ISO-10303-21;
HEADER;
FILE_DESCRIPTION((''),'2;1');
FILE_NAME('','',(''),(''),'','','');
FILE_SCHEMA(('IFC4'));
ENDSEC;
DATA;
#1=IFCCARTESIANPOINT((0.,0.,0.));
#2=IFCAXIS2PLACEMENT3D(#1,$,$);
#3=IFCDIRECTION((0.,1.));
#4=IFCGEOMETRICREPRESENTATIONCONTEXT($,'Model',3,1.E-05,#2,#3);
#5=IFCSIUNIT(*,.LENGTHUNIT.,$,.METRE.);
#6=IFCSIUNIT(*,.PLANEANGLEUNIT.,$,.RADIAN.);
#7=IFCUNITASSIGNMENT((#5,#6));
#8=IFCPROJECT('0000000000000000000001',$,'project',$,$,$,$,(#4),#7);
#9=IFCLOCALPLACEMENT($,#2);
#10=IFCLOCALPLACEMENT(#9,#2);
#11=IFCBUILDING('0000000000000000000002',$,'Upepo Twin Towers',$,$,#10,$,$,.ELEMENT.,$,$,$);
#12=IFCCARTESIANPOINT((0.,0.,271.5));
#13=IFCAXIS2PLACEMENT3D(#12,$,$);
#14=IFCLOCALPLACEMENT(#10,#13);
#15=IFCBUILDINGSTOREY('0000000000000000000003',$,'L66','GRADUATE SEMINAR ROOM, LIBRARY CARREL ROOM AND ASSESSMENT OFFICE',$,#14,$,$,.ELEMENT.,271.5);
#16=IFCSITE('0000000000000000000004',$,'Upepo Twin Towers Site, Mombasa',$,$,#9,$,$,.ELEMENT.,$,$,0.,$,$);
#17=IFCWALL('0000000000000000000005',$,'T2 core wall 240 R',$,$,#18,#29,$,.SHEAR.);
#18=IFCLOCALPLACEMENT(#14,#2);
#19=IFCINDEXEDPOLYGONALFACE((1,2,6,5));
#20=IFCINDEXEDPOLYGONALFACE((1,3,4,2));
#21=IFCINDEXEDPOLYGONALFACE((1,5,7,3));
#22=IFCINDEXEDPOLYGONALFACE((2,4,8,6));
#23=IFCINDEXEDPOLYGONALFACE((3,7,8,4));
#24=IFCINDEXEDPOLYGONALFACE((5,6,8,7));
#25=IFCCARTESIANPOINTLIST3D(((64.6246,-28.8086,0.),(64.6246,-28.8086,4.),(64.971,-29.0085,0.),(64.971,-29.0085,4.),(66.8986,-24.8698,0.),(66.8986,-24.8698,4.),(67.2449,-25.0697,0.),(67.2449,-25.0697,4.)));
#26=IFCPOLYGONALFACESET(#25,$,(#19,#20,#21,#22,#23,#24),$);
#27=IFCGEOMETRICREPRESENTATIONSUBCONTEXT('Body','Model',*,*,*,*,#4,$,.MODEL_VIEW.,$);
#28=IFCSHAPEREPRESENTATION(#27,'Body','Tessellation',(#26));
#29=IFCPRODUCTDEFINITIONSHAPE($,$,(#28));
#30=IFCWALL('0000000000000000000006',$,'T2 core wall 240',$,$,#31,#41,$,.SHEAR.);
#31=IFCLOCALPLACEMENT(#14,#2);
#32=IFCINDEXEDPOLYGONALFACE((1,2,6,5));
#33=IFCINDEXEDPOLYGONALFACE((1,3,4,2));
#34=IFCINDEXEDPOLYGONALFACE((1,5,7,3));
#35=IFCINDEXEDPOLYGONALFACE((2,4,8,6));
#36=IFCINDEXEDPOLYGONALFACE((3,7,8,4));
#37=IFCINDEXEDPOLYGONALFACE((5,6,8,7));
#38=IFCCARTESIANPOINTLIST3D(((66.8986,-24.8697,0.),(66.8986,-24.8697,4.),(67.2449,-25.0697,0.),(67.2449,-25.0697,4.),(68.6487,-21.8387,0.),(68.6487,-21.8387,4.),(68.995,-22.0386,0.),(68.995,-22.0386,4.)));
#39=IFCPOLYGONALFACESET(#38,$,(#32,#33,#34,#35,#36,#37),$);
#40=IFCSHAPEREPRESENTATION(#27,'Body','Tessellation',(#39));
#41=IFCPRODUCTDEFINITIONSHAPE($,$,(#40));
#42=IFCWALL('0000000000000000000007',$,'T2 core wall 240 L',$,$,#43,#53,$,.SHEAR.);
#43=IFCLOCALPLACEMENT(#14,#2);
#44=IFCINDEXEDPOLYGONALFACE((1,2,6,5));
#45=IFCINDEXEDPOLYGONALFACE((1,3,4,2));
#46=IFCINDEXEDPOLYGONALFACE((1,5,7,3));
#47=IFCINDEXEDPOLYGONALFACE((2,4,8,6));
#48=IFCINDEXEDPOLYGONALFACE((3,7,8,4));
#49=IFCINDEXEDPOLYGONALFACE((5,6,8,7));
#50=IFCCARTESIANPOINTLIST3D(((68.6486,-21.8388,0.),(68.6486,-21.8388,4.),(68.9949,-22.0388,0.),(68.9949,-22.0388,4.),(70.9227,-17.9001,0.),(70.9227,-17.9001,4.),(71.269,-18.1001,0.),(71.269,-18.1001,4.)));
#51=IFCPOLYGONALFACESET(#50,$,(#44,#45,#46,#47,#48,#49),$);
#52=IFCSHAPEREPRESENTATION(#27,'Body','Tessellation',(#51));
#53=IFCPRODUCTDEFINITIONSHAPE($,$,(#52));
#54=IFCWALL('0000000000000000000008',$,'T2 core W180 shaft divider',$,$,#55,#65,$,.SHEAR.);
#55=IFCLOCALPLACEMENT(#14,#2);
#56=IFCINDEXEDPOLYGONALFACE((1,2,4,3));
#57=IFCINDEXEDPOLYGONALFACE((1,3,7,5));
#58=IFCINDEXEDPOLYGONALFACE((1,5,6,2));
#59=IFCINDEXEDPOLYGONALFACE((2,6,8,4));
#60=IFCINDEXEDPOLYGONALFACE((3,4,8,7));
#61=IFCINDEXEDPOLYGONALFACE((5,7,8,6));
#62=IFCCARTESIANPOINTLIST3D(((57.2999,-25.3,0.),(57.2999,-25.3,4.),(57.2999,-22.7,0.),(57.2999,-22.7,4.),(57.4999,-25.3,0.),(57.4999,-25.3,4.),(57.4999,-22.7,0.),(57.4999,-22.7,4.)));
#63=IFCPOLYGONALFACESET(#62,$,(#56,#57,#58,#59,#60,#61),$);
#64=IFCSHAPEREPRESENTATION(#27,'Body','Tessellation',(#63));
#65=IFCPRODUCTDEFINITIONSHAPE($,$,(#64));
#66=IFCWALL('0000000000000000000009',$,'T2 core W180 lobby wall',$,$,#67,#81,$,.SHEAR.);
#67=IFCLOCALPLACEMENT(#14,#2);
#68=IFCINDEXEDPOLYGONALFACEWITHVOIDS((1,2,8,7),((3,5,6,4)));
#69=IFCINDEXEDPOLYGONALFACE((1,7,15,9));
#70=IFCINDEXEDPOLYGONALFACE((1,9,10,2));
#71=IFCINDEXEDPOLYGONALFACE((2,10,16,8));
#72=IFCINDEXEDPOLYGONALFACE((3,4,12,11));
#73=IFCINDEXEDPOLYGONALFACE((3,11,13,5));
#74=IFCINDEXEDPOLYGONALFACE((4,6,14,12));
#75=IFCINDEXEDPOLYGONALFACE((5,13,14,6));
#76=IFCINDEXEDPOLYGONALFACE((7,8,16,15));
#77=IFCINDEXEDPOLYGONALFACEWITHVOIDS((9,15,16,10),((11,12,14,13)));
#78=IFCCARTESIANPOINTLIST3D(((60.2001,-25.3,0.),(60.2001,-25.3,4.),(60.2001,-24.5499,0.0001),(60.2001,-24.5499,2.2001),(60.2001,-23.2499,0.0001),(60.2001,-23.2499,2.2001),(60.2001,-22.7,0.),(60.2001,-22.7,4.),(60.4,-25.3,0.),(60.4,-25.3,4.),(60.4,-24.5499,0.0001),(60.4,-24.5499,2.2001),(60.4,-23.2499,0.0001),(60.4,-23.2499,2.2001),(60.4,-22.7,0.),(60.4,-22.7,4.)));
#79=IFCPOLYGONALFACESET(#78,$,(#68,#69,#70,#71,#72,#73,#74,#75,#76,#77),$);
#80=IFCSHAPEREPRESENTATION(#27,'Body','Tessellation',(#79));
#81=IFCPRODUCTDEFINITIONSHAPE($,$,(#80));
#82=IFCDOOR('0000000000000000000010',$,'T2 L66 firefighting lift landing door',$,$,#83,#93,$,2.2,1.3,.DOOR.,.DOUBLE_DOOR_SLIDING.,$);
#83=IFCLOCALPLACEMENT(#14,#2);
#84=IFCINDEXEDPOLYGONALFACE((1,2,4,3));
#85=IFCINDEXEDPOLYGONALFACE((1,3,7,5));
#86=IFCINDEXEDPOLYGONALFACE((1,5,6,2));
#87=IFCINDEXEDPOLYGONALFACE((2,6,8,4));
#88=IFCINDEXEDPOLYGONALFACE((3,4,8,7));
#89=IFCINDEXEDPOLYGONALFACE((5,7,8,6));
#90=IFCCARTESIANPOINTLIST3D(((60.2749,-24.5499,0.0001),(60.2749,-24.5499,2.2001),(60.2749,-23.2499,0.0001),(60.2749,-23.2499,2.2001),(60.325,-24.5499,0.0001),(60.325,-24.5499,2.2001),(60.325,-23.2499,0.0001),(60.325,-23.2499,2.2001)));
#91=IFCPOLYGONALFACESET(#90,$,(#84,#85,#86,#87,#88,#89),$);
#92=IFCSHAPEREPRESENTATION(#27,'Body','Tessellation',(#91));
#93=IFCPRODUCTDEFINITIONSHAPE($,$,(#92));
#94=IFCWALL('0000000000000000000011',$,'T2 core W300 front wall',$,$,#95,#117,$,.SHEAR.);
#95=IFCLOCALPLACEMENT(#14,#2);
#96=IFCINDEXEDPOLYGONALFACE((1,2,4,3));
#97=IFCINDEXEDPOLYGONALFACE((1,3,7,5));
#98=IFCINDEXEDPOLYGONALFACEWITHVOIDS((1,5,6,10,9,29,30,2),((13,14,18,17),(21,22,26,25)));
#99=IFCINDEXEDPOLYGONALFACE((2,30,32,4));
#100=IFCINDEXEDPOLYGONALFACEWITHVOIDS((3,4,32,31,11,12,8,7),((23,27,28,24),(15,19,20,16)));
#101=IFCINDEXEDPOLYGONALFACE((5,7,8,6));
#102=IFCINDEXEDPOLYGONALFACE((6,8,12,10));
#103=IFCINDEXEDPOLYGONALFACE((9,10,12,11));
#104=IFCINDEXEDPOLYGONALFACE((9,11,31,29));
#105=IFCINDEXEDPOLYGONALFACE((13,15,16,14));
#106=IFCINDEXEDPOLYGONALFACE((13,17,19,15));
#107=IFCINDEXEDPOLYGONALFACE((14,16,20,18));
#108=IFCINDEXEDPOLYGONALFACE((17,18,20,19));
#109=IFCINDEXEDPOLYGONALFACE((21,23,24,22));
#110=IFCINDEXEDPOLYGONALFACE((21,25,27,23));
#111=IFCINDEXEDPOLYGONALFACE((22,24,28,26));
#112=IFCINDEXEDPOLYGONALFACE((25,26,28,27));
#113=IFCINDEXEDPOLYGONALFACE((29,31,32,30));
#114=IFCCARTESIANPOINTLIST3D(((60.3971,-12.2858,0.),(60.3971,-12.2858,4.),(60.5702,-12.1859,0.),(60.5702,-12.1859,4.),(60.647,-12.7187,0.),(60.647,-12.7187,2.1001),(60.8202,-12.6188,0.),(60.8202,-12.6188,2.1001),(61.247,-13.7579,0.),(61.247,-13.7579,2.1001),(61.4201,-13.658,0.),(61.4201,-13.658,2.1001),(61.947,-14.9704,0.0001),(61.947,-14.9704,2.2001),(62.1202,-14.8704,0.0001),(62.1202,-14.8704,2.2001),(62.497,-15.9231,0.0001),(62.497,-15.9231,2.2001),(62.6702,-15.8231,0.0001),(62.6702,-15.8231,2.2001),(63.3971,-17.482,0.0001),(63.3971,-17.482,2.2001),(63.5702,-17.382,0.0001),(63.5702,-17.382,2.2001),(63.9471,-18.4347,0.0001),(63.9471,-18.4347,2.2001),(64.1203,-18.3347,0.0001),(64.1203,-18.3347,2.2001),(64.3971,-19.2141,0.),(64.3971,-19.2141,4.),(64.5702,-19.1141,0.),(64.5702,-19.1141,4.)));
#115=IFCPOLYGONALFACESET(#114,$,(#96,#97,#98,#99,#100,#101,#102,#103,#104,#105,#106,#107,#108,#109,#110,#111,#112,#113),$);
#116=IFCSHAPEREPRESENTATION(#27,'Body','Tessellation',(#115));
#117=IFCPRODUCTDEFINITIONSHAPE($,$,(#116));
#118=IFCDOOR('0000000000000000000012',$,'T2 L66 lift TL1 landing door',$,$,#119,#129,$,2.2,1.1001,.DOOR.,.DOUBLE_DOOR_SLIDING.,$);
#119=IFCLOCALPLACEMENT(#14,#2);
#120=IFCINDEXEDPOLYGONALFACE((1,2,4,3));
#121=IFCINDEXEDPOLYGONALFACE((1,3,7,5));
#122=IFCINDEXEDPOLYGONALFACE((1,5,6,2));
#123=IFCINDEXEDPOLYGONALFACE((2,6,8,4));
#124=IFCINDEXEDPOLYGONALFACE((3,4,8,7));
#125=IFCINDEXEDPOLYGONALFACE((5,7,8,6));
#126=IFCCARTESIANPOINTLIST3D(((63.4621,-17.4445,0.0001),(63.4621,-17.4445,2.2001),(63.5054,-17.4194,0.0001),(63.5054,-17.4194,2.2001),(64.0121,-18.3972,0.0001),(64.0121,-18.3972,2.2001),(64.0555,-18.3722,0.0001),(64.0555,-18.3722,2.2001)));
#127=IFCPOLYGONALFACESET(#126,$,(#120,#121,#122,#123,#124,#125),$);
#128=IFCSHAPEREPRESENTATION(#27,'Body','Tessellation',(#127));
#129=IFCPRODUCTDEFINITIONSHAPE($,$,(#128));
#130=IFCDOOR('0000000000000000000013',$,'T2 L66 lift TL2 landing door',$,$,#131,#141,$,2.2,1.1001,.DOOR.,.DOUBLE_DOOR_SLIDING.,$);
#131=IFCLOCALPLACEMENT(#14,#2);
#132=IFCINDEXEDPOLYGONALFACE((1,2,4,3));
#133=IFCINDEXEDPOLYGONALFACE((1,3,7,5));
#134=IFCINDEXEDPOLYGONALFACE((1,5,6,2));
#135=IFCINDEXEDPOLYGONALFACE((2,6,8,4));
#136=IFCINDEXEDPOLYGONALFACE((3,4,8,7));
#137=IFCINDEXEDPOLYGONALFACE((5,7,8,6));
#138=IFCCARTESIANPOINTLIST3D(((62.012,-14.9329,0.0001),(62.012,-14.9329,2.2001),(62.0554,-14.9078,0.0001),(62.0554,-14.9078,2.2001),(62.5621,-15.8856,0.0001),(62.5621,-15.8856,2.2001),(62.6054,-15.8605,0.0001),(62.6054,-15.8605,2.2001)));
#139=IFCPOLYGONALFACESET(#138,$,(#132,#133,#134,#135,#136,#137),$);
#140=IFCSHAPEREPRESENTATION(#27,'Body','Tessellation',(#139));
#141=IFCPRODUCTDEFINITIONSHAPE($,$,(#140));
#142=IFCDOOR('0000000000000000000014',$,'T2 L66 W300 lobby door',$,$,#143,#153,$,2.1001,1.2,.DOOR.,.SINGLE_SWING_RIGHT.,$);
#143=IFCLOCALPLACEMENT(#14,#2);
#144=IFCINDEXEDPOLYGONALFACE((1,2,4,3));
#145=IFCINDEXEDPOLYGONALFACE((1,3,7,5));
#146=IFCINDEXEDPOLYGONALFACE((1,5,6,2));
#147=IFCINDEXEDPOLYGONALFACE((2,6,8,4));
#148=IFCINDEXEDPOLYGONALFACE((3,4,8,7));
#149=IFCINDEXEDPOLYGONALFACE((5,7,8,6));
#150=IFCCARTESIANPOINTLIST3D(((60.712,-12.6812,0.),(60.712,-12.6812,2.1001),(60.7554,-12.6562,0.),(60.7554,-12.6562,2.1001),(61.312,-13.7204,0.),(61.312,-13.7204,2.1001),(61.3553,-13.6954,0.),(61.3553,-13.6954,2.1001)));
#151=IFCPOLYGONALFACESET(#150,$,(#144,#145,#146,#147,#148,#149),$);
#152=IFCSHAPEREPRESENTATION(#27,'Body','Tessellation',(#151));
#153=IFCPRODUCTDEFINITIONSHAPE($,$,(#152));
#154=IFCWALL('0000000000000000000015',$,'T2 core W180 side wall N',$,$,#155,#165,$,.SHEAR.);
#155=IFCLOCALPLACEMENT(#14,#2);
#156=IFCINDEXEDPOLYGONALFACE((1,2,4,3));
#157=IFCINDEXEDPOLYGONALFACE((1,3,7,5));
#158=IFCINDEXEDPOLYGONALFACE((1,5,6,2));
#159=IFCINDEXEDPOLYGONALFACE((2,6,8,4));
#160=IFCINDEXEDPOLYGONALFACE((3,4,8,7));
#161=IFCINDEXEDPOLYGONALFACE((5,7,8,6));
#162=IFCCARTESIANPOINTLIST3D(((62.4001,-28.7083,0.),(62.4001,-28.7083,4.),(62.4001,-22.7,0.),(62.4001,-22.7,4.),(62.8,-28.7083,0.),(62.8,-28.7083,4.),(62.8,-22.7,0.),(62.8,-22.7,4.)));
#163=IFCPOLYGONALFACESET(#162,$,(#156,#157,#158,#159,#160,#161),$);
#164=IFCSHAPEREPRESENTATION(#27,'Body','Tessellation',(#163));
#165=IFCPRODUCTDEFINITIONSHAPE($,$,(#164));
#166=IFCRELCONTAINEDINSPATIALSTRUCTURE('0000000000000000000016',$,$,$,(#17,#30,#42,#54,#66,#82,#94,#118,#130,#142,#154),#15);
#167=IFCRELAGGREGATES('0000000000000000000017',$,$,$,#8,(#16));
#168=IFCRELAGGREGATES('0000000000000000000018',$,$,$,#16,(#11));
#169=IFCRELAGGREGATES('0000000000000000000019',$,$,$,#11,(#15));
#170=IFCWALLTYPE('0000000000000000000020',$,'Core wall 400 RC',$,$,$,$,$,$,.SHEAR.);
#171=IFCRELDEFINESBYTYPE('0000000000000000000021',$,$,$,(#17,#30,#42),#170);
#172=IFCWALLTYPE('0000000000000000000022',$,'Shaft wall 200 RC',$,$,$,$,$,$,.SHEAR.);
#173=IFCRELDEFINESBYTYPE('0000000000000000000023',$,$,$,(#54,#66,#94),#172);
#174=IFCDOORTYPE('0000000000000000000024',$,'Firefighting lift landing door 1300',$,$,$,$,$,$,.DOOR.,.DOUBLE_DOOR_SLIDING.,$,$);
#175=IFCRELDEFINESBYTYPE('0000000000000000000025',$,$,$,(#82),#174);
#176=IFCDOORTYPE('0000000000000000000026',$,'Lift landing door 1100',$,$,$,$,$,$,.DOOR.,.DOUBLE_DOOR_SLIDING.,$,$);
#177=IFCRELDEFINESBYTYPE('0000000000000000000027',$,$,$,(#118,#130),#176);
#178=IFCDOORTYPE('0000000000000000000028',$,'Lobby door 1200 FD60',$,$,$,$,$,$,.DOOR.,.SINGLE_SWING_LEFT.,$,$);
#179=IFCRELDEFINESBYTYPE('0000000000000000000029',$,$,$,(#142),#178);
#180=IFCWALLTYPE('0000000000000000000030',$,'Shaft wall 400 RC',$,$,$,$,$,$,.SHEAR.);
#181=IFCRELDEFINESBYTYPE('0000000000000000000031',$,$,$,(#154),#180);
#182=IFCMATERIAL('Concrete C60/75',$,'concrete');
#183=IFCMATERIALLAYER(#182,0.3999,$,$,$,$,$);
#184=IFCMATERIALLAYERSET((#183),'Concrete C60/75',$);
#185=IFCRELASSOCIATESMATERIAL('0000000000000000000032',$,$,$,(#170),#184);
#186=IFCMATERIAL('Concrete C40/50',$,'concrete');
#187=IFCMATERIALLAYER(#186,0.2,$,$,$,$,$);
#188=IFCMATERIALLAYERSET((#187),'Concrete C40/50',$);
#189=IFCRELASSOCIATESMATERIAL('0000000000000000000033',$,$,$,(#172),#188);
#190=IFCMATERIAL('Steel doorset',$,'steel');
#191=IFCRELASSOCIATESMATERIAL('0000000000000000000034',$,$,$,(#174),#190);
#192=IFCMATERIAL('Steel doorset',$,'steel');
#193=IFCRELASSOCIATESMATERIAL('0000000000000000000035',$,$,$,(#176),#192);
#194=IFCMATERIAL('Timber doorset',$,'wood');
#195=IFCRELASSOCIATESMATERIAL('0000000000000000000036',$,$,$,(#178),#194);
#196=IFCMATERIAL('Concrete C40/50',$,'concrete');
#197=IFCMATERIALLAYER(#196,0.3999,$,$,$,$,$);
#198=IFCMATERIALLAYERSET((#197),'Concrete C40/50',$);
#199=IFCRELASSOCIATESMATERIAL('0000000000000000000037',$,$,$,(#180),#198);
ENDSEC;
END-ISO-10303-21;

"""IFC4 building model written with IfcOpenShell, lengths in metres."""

from ifc_helpers import new_model, si_unit, direction, frame, frame_2d, origin, place, context, subcontext, project, spatial, rectangle, extrude, material, layer, layer_set, type_object, element, fill, save


model = new_model("IFC4")

# Units and contexts
model_context = context("Model", 3, precision=1e-05, world=origin(), true_north=direction((0.0, 1.0)))
body_context = subcontext(model_context, "Body", "Model", "MODEL_VIEW")
ifc_project = project(units=[si_unit("LENGTHUNIT", "METRE"), si_unit("PLANEANGLEUNIT", "RADIAN")], contexts=[model_context])

# Site, building, storey
site_placement = place(None, origin())
site = spatial("IfcSite", under=ifc_project, at=site_placement, Name="Upepo Twin Towers Site, Mombasa", CompositionType="ELEMENT", RefElevation=0.0)
building_placement = place(site_placement, origin())
building = spatial("IfcBuilding", under=site, at=building_placement, Name="Upepo Twin Towers", CompositionType="ELEMENT")
storey_placement = place(building_placement, frame((0.0, 0.0, 271.5)))
storey = spatial("IfcBuildingStorey", under=building, at=storey_placement, Name="L66", Description="GRADUATE SEMINAR ROOM, LIBRARY CARREL ROOM AND ASSESSMENT OFFICE", CompositionType="ELEMENT", Elevation=271.5)

# Walls
ifc_material_1 = material(Name="Concrete C60/75", Category="concrete")
ifc_layer_1 = layer(ifc_material_1, 0.3999)
ifc_layer_set_1 = layer_set([ifc_layer_1], Name="Concrete C60/75")
wall_type_1 = type_object("IfcWallType", Name="Core wall 400 RC", PredefinedType="SHEAR", material=ifc_layer_set_1)
wall_1_placement = place(storey_placement, frame((64.7979, -28.9084, 0.0), z_axis=(0.0, 0.0, 1.0), x_axis=(0.499984, 0.866035, 0.0)))
element("IfcWall", 1, at=wall_1_placement, inside=storey, type_object=wall_type_1, Name="T2 core wall 240 R", PredefinedType="SHEAR", context=body_context, shape_type="SweptSolid", body=[
    extrude(rectangle(XDim=4.5481, YDim=0.3999, at=frame_2d((2.2739, 0.0))), origin(), (0.0, 0.0, 1.0), 4.0),
])
wall_2_placement = place(storey_placement, frame((67.0718, -24.9697, 0.0), z_axis=(0.0, 0.0, 1.0), x_axis=(0.50001, 0.866019, 0.0)))
element("IfcWall", 2, at=wall_2_placement, inside=storey, type_object=wall_type_1, Name="T2 core wall 240", PredefinedType="SHEAR", context=body_context, shape_type="SweptSolid", body=[
    extrude(rectangle(XDim=3.5, YDim=0.3999, at=frame_2d((1.75, 0.0))), origin(), (0.0, 0.0, 1.0), 4.0),
])
wall_3_placement = place(storey_placement, frame((68.8218, -21.9387, 0.0), z_axis=(0.0, 0.0, 1.0), x_axis=(0.500024, 0.866011, 0.0)))
element("IfcWall", 3, at=wall_3_placement, inside=storey, type_object=wall_type_1, Name="T2 core wall 240 L", PredefinedType="SHEAR", context=body_context, shape_type="SweptSolid", body=[
    extrude(rectangle(XDim=4.5481, YDim=0.3999, at=frame_2d((2.2739, 0.0))), origin(), (0.0, 0.0, 1.0), 4.0),
])
ifc_material_2 = material(Name="Concrete C40/50", Category="concrete")
ifc_layer_2 = layer(ifc_material_2, 0.2)
ifc_layer_set_2 = layer_set([ifc_layer_2], Name="Concrete C40/50")
wall_type_2 = type_object("IfcWallType", Name="Shaft wall 200 RC", PredefinedType="SHEAR", material=ifc_layer_set_2)
wall_4_placement = place(storey_placement, frame((57.3999, -22.7, 0.0), z_axis=(0.0, 0.0, 1.0), x_axis=(0.0, -1.0, 0.0)))
element("IfcWall", 4, at=wall_4_placement, inside=storey, type_object=wall_type_2, Name="T2 core W180 shaft divider", PredefinedType="SHEAR", context=body_context, shape_type="SweptSolid", body=[
    extrude(rectangle(XDim=2.6001, YDim=0.2, at=frame_2d((1.3, 0.0))), origin(), (0.0, 0.0, 1.0), 4.0),
])

# Wall, opening, door
wall_5_placement = place(storey_placement, frame((60.3, -22.7, 0.0), z_axis=(0.0, 0.0, 1.0), x_axis=(0.0, -1.0, 0.0)))
wall_5 = element("IfcWall", 5, at=wall_5_placement, inside=storey, type_object=wall_type_2, Name="T2 core W180 lobby wall", PredefinedType="SHEAR", context=body_context, shape_type="SweptSolid", body=[
    extrude(rectangle(XDim=2.6001, YDim=0.2, at=frame_2d((1.3, 0.0))), origin(), (0.0, 0.0, 1.0), 4.0),
])
opening_1_placement = place(wall_5_placement, frame((0.55, 0.0, 0.0)))
opening_1 = element("IfcOpeningElement", 6, at=opening_1_placement, cuts=wall_5, PredefinedType="OPENING", context=body_context, shape_type="SweptSolid", body=[
    extrude(rectangle(XDim=1.3, YDim=2.2, at=frame_2d((0.6499, 1.1001))), frame((0.0, 0.1099, 0.0), z_axis=(0.0, -1.0, 0.0), x_axis=(1.0, 0.0, 0.0)), (0.0, 0.0, 1.0), 0.22),
])
ifc_material_3 = material(Name="Steel doorset", Category="steel")
door_type_1 = type_object("IfcDoorType", Name="Firefighting lift landing door 1300", OperationType="DOUBLE_DOOR_SLIDING", PredefinedType="DOOR", material=ifc_material_3)
door_1_placement = place(opening_1_placement, origin())
door_1 = element("IfcDoor", 7, at=door_1_placement, inside=storey, type_object=door_type_1, Name="T2 L66 firefighting lift landing door", OperationType="DOUBLE_DOOR_SLIDING", OverallHeight=2.2, OverallWidth=1.3, PredefinedType="DOOR", context=body_context, shape_type="SweptSolid", body=[
    extrude(rectangle(XDim=1.3, YDim=2.2, at=frame_2d((0.6499, 1.1001))), frame((0.0, 0.0249, 0.0), z_axis=(0.0, -1.0, 0.0), x_axis=(1.0, 0.0, 0.0)), (0.0, 0.0, 1.0), 0.05),
])
fill(opening_1, door_1)

# Wall, openings, doors
wall_6_placement = place(storey_placement, frame((64.4836, -19.1641, 0.0), z_axis=(0.0, 0.0, 1.0), x_axis=(-0.499999, 0.866026, 0.0)))
wall_6 = element("IfcWall", 8, at=wall_6_placement, inside=storey, type_object=wall_type_2, Name="T2 core W300 front wall", PredefinedType="SHEAR", context=body_context, shape_type="SweptSolid", body=[
    extrude(rectangle(XDim=8.0, YDim=0.2, at=frame_2d((4.0, 0.0))), origin(), (0.0, 0.0, 1.0), 4.0),
])
opening_2_placement = place(wall_6_placement, frame((6.3, 0.0, 0.0)))
opening_2 = element("IfcOpeningElement", 9, at=opening_2_placement, cuts=wall_6, PredefinedType="OPENING", context=body_context, shape_type="SweptSolid", body=[
    extrude(rectangle(XDim=1.2, YDim=2.1001, at=frame_2d((0.6001, 1.05))), frame((0.0, 0.1099, 0.0), z_axis=(0.0, -1.0, 0.0), x_axis=(1.0, 0.0, 0.0)), (0.0, 0.0, 1.0), 0.22),
])
opening_3_placement = place(wall_6_placement, frame((0.8999, 0.0, 0.0)))
opening_3 = element("IfcOpeningElement", 10, at=opening_3_placement, cuts=wall_6, PredefinedType="OPENING", context=body_context, shape_type="SweptSolid", body=[
    extrude(rectangle(XDim=1.1001, YDim=2.2, at=frame_2d((0.55, 1.1001))), frame((0.0, 0.1099, 0.0), z_axis=(0.0, -1.0, 0.0), x_axis=(1.0, 0.0, 0.0)), (0.0, 0.0, 1.0), 0.22),
])
opening_4_placement = place(wall_6_placement, frame((3.8, 0.0, 0.0)))
opening_4 = element("IfcOpeningElement", 11, at=opening_4_placement, cuts=wall_6, PredefinedType="OPENING", context=body_context, shape_type="SweptSolid", body=[
    extrude(rectangle(XDim=1.1001, YDim=2.2, at=frame_2d((0.55, 1.1001))), frame((0.0, 0.1099, 0.0), z_axis=(0.0, -1.0, 0.0), x_axis=(1.0, 0.0, 0.0)), (0.0, 0.0, 1.0), 0.22),
])
ifc_material_4 = material(Name="Steel doorset", Category="steel")
door_type_2 = type_object("IfcDoorType", Name="Lift landing door 1100", OperationType="DOUBLE_DOOR_SLIDING", PredefinedType="DOOR", material=ifc_material_4)
door_2_placement = place(opening_3_placement, origin())
door_2 = element("IfcDoor", 12, at=door_2_placement, inside=storey, type_object=door_type_2, Name="T2 L66 lift TL1 landing door", OperationType="DOUBLE_DOOR_SLIDING", OverallHeight=2.2, OverallWidth=1.1001, PredefinedType="DOOR", context=body_context, shape_type="SweptSolid", body=[
    extrude(rectangle(XDim=1.1001, YDim=2.2, at=frame_2d((0.55, 1.1001))), frame((0.0, 0.0249, 0.0), z_axis=(0.0, -1.0, 0.0), x_axis=(1.0, 0.0, 0.0)), (0.0, 0.0, 1.0), 0.05),
])
fill(opening_3, door_2)
door_3_placement = place(opening_4_placement, origin())
door_3 = element("IfcDoor", 13, at=door_3_placement, inside=storey, type_object=door_type_2, Name="T2 L66 lift TL2 landing door", OperationType="DOUBLE_DOOR_SLIDING", OverallHeight=2.2, OverallWidth=1.1001, PredefinedType="DOOR", context=body_context, shape_type="SweptSolid", body=[
    extrude(rectangle(XDim=1.1001, YDim=2.2, at=frame_2d((0.55, 1.1001))), frame((0.0, 0.0249, 0.0), z_axis=(0.0, -1.0, 0.0), x_axis=(1.0, 0.0, 0.0)), (0.0, 0.0, 1.0), 0.05),
])
fill(opening_4, door_3)
ifc_material_5 = material(Name="Timber doorset", Category="wood")
door_type_3 = type_object("IfcDoorType", Name="Lobby door 1200 FD60", OperationType="SINGLE_SWING_LEFT", PredefinedType="DOOR", material=ifc_material_5)
door_4_placement = place(opening_2_placement, origin())
door_4 = element("IfcDoor", 14, at=door_4_placement, inside=storey, type_object=door_type_3, Name="T2 L66 W300 lobby door", OperationType="SINGLE_SWING_RIGHT", OverallHeight=2.1001, OverallWidth=1.2, PredefinedType="DOOR", context=body_context, shape_type="SweptSolid", body=[
    extrude(rectangle(XDim=1.2, YDim=2.1001, at=frame_2d((0.6001, 1.05))), frame((0.0, 0.0249, 0.0), z_axis=(0.0, -1.0, 0.0), x_axis=(1.0, 0.0, 0.0)), (0.0, 0.0, 1.0), 0.05),
])
fill(opening_2, door_4)

# Wall
ifc_material_6 = material(Name="Concrete C40/50", Category="concrete")
ifc_layer_3 = layer(ifc_material_6, 0.3999)
ifc_layer_set_3 = layer_set([ifc_layer_3], Name="Concrete C40/50")
wall_type_3 = type_object("IfcWallType", Name="Shaft wall 400 RC", PredefinedType="SHEAR", material=ifc_layer_set_3)
for number, where, z_axis, x_axis, name in (
    (15, (62.6001, -22.7, 0.0), (0.0, 0.0, 1.0), (0.0, -1.0, 0.0), "T2 core W180 side wall N"),
):
    element("IfcWall", number, at=place(storey_placement, frame(where, z_axis=z_axis, x_axis=x_axis)), inside=storey, type_object=wall_type_3, Name=name, PredefinedType="SHEAR", context=body_context, shape_type="SweptSolid", body=[
        extrude(rectangle(XDim=6.0083, YDim=0.3999, at=frame_2d((3.0042, 0.0))), origin(), (0.0, 0.0, 1.0), 4.0),
    ])

save(model, "model.ifc")
